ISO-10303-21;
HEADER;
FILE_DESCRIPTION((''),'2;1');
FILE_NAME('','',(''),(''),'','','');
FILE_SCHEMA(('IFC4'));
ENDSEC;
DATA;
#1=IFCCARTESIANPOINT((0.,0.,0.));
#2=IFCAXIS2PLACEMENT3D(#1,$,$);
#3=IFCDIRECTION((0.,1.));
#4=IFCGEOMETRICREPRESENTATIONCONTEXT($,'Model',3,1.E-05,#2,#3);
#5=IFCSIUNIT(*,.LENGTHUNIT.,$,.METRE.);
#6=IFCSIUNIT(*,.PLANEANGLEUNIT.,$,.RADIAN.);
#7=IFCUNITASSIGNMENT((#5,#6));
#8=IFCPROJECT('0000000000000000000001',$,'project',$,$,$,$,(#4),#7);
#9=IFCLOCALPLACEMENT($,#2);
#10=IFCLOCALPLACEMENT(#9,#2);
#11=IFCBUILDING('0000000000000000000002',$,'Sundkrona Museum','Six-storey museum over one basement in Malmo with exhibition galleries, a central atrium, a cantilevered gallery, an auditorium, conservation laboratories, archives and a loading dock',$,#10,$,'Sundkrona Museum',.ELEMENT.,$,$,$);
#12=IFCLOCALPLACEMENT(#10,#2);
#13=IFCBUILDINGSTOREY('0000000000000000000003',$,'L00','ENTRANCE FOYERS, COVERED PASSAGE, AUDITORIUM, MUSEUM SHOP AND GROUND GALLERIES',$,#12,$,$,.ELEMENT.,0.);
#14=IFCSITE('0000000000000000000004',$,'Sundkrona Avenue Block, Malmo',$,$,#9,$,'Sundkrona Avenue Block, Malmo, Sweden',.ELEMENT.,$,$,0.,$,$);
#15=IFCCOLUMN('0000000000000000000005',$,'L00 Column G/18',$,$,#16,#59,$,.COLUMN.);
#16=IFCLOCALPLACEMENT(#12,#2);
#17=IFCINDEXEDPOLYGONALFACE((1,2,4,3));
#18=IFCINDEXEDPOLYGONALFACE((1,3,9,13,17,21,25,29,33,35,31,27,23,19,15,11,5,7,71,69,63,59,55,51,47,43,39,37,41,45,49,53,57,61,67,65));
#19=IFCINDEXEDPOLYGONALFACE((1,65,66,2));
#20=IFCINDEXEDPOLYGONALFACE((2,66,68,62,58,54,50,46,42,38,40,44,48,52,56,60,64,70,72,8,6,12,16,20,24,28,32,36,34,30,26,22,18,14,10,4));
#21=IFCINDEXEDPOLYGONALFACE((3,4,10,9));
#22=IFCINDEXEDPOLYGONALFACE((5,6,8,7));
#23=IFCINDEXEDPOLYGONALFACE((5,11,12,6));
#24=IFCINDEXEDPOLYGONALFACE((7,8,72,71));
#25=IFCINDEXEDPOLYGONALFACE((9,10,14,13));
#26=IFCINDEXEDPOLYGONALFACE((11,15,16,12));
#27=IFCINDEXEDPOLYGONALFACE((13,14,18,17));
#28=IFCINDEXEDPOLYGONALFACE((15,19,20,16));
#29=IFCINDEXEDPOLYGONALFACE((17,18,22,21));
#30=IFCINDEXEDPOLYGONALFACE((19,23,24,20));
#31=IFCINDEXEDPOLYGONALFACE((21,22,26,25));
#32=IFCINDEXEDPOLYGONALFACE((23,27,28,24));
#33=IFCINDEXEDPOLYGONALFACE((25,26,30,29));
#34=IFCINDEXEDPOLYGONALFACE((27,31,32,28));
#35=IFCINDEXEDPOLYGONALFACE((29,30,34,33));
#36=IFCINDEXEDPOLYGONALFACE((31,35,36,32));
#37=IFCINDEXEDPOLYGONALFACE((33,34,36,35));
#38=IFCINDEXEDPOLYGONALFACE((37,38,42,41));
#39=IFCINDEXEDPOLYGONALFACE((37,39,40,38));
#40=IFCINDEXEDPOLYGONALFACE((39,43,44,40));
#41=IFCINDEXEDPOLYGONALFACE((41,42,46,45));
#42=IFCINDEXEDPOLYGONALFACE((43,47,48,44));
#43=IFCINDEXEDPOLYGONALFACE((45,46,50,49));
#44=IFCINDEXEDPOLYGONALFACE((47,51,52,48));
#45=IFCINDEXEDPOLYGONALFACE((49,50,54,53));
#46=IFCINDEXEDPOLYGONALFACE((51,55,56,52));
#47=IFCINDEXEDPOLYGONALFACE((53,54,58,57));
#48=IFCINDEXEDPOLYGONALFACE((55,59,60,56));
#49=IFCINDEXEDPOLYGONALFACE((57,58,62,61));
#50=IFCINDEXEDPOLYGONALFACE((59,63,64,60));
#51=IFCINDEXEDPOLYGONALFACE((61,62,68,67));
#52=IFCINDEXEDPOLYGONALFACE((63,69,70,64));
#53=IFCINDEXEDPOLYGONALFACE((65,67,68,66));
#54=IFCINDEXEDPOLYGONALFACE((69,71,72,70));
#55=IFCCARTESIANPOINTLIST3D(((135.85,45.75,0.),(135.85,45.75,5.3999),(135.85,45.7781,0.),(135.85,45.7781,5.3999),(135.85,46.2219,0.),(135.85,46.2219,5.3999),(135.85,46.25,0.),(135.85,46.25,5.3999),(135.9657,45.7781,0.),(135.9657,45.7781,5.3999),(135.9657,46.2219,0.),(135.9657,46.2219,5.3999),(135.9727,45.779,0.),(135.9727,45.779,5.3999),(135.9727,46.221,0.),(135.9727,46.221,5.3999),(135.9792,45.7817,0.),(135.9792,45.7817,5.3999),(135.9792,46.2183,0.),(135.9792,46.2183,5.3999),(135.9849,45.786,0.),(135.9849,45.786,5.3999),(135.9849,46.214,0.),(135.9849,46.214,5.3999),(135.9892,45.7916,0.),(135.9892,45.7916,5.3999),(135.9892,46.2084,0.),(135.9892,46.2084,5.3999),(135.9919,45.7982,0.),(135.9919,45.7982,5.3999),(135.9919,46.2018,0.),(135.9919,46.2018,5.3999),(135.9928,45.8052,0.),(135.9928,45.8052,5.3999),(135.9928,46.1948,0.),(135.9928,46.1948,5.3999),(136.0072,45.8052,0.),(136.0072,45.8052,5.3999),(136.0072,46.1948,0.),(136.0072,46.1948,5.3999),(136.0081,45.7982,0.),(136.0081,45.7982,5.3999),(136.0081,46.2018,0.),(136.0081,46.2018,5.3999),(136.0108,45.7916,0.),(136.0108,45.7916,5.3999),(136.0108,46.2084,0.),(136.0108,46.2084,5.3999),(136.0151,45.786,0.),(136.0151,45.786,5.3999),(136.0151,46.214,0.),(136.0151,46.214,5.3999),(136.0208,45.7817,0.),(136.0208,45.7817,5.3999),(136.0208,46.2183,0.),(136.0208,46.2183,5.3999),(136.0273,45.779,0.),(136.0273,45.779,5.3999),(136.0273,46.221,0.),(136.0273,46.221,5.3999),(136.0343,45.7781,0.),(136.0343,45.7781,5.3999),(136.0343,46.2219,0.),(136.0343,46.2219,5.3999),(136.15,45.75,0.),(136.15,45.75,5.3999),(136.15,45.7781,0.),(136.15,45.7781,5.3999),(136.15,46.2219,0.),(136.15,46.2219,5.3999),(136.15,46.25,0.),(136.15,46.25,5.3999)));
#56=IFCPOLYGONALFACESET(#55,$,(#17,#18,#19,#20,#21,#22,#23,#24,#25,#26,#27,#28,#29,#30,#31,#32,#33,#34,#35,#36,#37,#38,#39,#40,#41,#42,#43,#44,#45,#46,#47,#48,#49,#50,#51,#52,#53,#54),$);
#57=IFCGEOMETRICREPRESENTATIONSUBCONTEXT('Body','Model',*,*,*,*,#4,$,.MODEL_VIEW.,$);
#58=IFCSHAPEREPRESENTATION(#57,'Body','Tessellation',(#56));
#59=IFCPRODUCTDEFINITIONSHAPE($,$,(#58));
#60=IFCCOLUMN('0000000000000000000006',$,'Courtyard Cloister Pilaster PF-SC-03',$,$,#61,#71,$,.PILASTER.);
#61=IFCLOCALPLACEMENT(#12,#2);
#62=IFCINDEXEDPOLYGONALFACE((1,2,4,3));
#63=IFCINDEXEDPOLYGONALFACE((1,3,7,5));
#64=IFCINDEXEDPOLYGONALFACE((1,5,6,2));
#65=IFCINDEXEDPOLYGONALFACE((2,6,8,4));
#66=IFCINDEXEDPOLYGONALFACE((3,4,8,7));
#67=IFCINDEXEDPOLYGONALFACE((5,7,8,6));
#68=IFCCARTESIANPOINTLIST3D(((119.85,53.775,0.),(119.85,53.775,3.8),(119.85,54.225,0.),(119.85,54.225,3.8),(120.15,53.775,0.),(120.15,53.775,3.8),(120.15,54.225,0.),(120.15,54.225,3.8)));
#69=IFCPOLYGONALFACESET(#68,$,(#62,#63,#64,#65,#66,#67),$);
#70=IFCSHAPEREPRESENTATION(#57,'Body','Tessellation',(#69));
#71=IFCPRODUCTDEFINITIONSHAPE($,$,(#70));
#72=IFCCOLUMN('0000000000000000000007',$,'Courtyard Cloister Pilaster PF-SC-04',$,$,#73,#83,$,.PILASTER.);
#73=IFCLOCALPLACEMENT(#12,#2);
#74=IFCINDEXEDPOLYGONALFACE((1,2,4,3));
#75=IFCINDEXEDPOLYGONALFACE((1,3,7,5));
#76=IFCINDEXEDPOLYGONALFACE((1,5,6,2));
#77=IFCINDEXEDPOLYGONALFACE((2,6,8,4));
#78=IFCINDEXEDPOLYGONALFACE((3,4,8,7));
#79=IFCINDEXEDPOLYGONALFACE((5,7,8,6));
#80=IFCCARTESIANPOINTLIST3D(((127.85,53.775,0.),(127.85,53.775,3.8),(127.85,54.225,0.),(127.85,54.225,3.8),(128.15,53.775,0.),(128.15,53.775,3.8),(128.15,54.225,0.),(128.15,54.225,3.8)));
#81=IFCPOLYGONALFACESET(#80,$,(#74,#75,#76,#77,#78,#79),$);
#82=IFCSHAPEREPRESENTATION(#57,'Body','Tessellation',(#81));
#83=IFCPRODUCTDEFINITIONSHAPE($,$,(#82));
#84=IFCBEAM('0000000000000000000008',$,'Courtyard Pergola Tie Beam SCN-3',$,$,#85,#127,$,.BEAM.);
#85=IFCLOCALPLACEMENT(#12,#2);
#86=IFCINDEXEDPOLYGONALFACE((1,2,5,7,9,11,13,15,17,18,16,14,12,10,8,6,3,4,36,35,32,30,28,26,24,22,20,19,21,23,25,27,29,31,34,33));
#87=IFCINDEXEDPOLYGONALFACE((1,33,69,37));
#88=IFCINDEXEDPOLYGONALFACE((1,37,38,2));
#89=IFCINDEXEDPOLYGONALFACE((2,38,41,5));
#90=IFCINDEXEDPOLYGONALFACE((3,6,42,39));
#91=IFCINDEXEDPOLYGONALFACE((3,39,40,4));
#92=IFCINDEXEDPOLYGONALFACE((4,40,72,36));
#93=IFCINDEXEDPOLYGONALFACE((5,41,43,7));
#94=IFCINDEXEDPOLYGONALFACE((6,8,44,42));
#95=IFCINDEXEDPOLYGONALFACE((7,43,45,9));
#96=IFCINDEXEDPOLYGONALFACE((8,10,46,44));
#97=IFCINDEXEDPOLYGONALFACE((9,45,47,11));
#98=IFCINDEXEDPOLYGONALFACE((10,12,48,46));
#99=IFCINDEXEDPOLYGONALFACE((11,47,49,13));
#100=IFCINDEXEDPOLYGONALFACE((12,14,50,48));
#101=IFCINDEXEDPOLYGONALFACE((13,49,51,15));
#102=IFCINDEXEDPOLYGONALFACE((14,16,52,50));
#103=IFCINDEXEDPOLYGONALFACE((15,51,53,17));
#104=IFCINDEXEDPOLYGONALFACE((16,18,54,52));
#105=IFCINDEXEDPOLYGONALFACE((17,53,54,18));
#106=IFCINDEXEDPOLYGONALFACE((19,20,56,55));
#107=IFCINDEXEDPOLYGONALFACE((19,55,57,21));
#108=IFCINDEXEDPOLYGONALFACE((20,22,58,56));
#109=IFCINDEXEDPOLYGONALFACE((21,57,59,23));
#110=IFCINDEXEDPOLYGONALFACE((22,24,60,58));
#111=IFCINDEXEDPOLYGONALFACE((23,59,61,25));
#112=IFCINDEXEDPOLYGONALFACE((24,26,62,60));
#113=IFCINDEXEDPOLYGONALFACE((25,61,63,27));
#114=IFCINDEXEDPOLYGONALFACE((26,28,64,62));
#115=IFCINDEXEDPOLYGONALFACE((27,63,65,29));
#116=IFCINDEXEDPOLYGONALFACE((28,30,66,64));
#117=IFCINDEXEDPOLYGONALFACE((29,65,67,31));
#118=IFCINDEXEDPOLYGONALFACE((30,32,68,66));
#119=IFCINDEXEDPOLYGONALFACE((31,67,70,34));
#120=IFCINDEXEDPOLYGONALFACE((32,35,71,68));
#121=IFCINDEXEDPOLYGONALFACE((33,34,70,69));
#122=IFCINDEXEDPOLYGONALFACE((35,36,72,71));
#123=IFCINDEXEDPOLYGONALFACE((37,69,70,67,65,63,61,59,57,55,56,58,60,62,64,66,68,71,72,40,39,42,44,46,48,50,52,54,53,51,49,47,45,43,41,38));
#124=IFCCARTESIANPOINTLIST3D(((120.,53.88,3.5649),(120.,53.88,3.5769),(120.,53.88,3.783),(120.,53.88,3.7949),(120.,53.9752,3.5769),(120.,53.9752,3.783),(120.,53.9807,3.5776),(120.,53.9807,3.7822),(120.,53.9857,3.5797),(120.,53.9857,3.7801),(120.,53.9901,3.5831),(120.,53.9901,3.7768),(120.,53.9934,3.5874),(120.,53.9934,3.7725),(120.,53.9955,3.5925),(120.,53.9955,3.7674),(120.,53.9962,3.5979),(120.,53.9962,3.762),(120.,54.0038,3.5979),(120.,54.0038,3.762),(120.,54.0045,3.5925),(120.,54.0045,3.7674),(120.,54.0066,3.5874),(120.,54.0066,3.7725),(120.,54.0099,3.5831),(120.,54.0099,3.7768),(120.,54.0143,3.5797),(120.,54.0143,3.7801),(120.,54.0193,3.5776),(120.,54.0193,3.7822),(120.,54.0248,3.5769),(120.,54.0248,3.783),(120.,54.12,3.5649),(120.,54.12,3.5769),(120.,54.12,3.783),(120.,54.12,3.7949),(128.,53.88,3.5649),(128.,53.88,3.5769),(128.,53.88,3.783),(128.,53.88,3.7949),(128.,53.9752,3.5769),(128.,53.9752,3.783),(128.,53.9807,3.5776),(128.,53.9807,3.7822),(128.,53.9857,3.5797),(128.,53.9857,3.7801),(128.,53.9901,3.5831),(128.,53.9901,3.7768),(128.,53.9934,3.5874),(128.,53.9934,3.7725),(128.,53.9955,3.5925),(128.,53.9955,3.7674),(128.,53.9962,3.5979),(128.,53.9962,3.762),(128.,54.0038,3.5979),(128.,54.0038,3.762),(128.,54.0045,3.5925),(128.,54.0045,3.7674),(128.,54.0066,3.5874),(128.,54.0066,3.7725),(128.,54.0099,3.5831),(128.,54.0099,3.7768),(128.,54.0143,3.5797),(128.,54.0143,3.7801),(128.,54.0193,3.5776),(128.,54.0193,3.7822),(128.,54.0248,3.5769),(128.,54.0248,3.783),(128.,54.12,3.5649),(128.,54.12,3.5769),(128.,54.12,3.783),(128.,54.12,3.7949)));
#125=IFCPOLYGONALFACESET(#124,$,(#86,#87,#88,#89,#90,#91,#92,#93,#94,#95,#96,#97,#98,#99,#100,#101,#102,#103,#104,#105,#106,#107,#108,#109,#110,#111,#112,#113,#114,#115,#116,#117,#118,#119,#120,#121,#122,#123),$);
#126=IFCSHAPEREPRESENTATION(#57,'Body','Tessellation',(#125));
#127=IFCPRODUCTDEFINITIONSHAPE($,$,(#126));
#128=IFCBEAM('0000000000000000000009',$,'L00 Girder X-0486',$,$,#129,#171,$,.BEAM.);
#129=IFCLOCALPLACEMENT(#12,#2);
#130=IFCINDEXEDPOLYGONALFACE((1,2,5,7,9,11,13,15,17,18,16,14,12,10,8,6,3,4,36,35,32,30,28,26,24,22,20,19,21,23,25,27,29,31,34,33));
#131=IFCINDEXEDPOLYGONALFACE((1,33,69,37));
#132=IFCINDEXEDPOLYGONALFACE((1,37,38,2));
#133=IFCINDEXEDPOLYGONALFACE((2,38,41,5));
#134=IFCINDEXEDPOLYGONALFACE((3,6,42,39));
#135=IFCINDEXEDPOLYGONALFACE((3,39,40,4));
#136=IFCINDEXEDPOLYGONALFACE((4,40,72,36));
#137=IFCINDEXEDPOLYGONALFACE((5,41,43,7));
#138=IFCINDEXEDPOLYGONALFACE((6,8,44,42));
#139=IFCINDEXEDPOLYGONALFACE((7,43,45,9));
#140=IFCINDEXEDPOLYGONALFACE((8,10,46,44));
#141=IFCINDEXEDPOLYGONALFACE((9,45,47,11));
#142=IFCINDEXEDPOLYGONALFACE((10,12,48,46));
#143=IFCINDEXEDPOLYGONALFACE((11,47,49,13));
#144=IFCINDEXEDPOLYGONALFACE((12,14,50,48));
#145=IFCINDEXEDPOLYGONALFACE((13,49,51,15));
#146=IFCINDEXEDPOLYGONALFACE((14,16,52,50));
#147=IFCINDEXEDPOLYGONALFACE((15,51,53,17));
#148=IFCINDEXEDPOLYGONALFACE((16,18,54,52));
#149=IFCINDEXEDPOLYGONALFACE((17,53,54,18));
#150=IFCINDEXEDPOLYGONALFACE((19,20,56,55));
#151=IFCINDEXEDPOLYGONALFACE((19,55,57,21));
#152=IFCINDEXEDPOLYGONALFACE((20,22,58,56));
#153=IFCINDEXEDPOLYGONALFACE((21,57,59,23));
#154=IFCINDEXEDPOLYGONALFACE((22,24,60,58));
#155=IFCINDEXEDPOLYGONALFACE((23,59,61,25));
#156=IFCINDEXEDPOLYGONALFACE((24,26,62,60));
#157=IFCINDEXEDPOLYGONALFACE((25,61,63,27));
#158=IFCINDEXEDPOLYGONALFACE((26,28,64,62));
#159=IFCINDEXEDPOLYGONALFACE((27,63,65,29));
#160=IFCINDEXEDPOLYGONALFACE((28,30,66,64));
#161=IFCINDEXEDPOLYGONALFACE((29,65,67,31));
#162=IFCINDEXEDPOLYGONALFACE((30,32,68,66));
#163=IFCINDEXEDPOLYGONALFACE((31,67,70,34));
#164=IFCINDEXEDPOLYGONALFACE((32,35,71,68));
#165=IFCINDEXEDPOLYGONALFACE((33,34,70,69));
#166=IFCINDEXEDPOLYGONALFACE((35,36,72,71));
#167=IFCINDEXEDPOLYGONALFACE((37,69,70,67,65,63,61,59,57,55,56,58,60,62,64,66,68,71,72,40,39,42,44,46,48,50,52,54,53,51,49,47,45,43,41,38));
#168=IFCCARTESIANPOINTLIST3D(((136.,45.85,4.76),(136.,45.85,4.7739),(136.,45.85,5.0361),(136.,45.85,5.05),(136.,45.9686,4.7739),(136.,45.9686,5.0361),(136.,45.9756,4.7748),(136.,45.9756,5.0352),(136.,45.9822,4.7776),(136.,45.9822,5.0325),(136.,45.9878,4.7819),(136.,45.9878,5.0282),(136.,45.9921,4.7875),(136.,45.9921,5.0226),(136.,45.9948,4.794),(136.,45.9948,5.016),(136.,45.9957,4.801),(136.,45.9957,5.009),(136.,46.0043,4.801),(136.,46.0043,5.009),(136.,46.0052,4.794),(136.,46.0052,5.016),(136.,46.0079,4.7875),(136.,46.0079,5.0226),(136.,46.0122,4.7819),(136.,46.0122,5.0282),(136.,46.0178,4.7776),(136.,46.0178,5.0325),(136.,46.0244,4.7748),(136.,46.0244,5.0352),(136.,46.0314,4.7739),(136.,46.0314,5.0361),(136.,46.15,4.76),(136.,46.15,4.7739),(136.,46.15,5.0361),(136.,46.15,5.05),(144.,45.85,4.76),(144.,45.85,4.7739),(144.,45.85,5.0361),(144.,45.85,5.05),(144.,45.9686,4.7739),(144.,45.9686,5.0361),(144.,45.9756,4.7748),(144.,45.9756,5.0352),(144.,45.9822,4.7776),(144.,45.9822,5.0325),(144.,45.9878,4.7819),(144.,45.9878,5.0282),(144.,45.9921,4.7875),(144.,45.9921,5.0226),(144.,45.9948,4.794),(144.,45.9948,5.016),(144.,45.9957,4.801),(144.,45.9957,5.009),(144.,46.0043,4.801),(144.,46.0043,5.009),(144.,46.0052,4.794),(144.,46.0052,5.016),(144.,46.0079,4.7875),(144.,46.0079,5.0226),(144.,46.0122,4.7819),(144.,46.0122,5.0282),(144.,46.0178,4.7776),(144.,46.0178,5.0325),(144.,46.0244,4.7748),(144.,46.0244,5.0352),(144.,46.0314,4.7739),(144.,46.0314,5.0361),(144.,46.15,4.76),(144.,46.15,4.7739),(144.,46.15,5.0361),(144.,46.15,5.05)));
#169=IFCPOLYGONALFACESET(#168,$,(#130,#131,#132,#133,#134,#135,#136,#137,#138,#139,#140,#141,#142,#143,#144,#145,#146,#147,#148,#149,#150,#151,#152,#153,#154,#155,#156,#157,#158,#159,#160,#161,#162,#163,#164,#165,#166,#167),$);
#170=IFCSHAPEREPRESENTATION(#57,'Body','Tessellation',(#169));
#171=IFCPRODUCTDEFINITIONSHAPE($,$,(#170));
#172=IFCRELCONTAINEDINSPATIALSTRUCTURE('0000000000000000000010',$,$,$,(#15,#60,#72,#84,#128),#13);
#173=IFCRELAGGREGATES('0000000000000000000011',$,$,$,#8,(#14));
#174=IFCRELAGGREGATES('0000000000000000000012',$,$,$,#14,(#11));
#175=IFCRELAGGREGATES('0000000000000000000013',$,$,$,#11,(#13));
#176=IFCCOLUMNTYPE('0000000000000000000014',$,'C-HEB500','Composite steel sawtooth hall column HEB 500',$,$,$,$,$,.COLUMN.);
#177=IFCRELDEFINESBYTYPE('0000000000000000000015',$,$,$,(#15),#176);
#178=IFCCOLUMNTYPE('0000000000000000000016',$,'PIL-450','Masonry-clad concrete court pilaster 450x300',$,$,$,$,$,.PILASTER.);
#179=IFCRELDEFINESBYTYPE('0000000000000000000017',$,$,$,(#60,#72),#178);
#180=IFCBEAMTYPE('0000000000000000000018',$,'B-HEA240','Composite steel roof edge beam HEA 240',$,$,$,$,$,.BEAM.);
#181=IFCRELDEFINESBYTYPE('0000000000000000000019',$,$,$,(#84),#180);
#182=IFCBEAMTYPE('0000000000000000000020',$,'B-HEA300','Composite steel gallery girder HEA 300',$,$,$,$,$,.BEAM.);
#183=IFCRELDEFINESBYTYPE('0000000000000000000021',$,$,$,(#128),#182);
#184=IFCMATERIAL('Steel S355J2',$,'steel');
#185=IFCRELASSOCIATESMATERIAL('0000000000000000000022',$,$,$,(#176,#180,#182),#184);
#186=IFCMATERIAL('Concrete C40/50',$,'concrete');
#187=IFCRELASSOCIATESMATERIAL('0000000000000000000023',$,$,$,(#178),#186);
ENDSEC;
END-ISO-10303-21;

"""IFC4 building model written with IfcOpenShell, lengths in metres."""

from ifc_helpers import new_model, si_unit, direction, frame, origin, origin_2d, place, context, subcontext, project, spatial, rectangle, i_section, extrude, material, material_profile, profile_set, type_object, element, save


model = new_model("IFC4")

# Units and contexts
model_context = context("Model", 3, precision=1e-05, world=origin(), true_north=direction((0.0, 1.0)))
body_context = subcontext(model_context, "Body", "Model", "MODEL_VIEW")
ifc_project = project(units=[si_unit("LENGTHUNIT", "METRE"), si_unit("PLANEANGLEUNIT", "RADIAN")], contexts=[model_context])

# Site, building, storey
site_placement = place(None, origin())
site = spatial("IfcSite", under=ifc_project, at=site_placement, Name="Sundkrona Avenue Block, Malmo", LongName="Sundkrona Avenue Block, Malmo, Sweden", CompositionType="ELEMENT", RefElevation=0.0)
building_placement = place(site_placement, origin())
building = spatial("IfcBuilding", under=site, at=building_placement, Name="Sundkrona Museum", Description="Six-storey museum over one basement in Malmo with exhibition galleries, a central atrium, a cantilevered gallery, an auditorium, conservation laboratories, archives and a loading dock", LongName="Sundkrona Museum", CompositionType="ELEMENT")
storey_placement = place(building_placement, origin())
storey = spatial("IfcBuildingStorey", under=building, at=storey_placement, Name="L00", Description="ENTRANCE FOYERS, COVERED PASSAGE, AUDITORIUM, MUSEUM SHOP AND GROUND GALLERIES", CompositionType="ELEMENT", Elevation=0.0)

# Columns
ifc_material_1 = material(Name="Steel S355J2", Category="steel")
ifc_material_profile_1 = material_profile(ifc_material_1, i_section(OverallWidth=0.3, OverallDepth=0.5, WebThickness=0.0144, FlangeThickness=0.0281, FilletRadius=0.0271, at=origin_2d()), Name="HEB 500")
ifc_profile_set_1 = profile_set([ifc_material_profile_1], Name="Steel S355J2")
column_type_1 = type_object("IfcColumnType", Name="C-HEB500", Description="Composite steel sawtooth hall column HEB 500", PredefinedType="COLUMN", material=ifc_profile_set_1)
for number, where, z_axis, x_axis, name in (
    (1, (136.0, 46.0, 0.0), (0.0, 0.0, 1.0), (1.0, 0.0, 0.0), "L00 Column G/18"),
):
    element("IfcColumn", number, at=place(storey_placement, frame(where, z_axis=z_axis, x_axis=x_axis)), inside=storey, type_object=column_type_1, Name=name, PredefinedType="COLUMN", context=body_context, shape_type="SweptSolid", body=[
        extrude(i_section(OverallWidth=0.3, OverallDepth=0.5, WebThickness=0.0144, FlangeThickness=0.0281, FilletRadius=0.0271, at=origin_2d()), origin(), (0.0, 0.0, 1.0), 5.3999),
    ])
ifc_material_2 = material(Name="Concrete C40/50", Category="concrete")
ifc_material_profile_2 = material_profile(ifc_material_2, rectangle(XDim=0.3, YDim=0.45, at=origin_2d()), Name="RC 450x300")
ifc_profile_set_2 = profile_set([ifc_material_profile_2], Name="Concrete C40/50")
column_type_2 = type_object("IfcColumnType", Name="PIL-450", Description="Masonry-clad concrete court pilaster 450x300", PredefinedType="PILASTER", material=ifc_profile_set_2)
for number, where, z_axis, x_axis, name in (
    (2, (120.0, 54.0, 0.0), (0.0, 0.0, 1.0), (1.0, 0.0, 0.0), "Courtyard Cloister Pilaster PF-SC-03"),
    (3, (128.0, 54.0, 0.0), (0.0, 0.0, 1.0), (1.0, 0.0, 0.0), "Courtyard Cloister Pilaster PF-SC-04"),
):
    element("IfcColumn", number, at=place(storey_placement, frame(where, z_axis=z_axis, x_axis=x_axis)), inside=storey, type_object=column_type_2, Name=name, PredefinedType="PILASTER", context=body_context, shape_type="SweptSolid", body=[
        extrude(rectangle(XDim=0.3, YDim=0.45, at=origin_2d()), origin(), (0.0, 0.0, 1.0), 3.8),
    ])

# Beams
ifc_material_profile_3 = material_profile(ifc_material_1, i_section(OverallWidth=0.24, OverallDepth=0.23, WebThickness=0.0076, FlangeThickness=0.012, FilletRadius=0.021, at=origin_2d()), Name="HEA 240")
ifc_profile_set_3 = profile_set([ifc_material_profile_3], Name="Steel S355J2")
beam_type_1 = type_object("IfcBeamType", Name="B-HEA240", Description="Composite steel roof edge beam HEA 240", PredefinedType="BEAM", material=ifc_profile_set_3)
beam_1_placement = place(storey_placement, frame((120.0, 54.0, 3.6799), z_axis=(1.0, 0.0, 0.0), x_axis=(0.0, 1.0, 0.0)))
element("IfcBeam", 4, at=beam_1_placement, inside=storey, type_object=beam_type_1, Name="Courtyard Pergola Tie Beam SCN-3", PredefinedType="BEAM", context=body_context, shape_type="SweptSolid", body=[
    extrude(i_section(OverallWidth=0.24, OverallDepth=0.23, WebThickness=0.0076, FlangeThickness=0.012, FilletRadius=0.021, at=origin_2d()), origin(), (0.0, 0.0, 1.0), 8.0),
])
ifc_material_profile_4 = material_profile(ifc_material_1, i_section(OverallWidth=0.3, OverallDepth=0.29, WebThickness=0.0085, FlangeThickness=0.0139, FilletRadius=0.0271, at=origin_2d()), Name="HEA 300")
ifc_profile_set_4 = profile_set([ifc_material_profile_4], Name="Steel S355J2")
beam_type_2 = type_object("IfcBeamType", Name="B-HEA300", Description="Composite steel gallery girder HEA 300", PredefinedType="BEAM", material=ifc_profile_set_4)
beam_2_placement = place(storey_placement, frame((136.0, 46.0, 4.905), z_axis=(1.0, 0.0, 0.0), x_axis=(0.0, 1.0, 0.0)))
element("IfcBeam", 5, at=beam_2_placement, inside=storey, type_object=beam_type_2, Name="L00 Girder X-0486", PredefinedType="BEAM", context=body_context, shape_type="SweptSolid", body=[
    extrude(i_section(OverallWidth=0.3, OverallDepth=0.29, WebThickness=0.0085, FlangeThickness=0.0139, FilletRadius=0.0271, at=origin_2d()), origin(), (0.0, 0.0, 1.0), 8.0),
])

save(model, "model.ifc")
